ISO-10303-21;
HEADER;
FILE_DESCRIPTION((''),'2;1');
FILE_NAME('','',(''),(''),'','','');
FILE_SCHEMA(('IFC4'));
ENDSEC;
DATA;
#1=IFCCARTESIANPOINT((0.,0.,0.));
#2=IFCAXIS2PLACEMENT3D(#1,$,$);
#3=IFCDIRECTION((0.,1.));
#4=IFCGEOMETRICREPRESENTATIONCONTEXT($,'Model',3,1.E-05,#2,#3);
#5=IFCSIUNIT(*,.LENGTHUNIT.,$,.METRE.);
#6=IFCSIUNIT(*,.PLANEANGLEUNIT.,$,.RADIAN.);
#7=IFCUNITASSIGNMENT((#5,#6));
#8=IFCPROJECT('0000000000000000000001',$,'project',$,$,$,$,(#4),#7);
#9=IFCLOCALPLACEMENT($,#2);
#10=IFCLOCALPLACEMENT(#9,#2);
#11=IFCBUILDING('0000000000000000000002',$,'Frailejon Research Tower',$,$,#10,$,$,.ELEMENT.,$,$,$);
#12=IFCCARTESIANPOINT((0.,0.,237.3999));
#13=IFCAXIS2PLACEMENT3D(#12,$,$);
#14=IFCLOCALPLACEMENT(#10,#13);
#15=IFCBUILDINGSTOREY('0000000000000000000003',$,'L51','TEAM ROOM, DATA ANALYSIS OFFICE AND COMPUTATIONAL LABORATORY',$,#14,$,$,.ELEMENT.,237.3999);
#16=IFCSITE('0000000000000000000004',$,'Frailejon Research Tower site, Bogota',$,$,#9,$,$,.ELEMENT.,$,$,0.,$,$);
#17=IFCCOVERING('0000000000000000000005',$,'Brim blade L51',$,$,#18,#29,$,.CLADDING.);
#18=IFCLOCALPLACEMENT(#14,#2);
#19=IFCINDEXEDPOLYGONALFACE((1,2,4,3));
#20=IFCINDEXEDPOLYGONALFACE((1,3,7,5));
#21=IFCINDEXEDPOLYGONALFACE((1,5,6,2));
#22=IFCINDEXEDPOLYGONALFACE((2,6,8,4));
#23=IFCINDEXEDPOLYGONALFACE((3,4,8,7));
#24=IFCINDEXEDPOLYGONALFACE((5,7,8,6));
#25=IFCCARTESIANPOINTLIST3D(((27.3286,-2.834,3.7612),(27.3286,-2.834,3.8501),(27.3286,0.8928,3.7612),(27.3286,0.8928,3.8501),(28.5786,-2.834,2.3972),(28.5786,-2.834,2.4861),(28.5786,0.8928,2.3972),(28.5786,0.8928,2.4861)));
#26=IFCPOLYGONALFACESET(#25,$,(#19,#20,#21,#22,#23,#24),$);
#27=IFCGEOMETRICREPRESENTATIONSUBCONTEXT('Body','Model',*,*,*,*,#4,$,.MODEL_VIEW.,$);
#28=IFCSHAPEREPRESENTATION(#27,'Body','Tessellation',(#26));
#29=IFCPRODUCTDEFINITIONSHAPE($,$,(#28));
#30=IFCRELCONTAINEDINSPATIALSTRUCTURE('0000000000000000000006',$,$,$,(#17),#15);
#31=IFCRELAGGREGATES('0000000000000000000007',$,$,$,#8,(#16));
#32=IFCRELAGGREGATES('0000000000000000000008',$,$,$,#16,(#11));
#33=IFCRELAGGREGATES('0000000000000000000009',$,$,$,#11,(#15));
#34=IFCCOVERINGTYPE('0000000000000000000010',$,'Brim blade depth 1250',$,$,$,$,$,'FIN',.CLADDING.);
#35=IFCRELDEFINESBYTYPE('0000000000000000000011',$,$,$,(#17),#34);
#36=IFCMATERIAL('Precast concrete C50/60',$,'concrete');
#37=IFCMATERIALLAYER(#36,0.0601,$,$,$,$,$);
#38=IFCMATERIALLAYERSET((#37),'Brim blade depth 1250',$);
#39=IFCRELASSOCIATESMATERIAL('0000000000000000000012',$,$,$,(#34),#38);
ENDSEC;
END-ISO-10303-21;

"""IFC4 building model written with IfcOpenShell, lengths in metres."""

from ifc_helpers import new_model, si_unit, direction, frame, origin, place, context, subcontext, project, spatial, polyline, outline, extrude, material, layer, layer_set, type_object, element, save


model = new_model("IFC4")

# Units and contexts
model_context = context("Model", 3, precision=1e-05, world=origin(), true_north=direction((0.0, 1.0)))
body_context = subcontext(model_context, "Body", "Model", "MODEL_VIEW")
ifc_project = project(units=[si_unit("LENGTHUNIT", "METRE"), si_unit("PLANEANGLEUNIT", "RADIAN")], contexts=[model_context])

# Site, building, storey
site_placement = place(None, origin())
site = spatial("IfcSite", under=ifc_project, at=site_placement, Name="Frailejon Research Tower site, Bogota", CompositionType="ELEMENT", RefElevation=0.0)
building_placement = place(site_placement, origin())
building = spatial("IfcBuilding", under=site, at=building_placement, Name="Frailejon Research Tower", CompositionType="ELEMENT")
storey_placement = place(building_placement, frame((0.0, 0.0, 237.3999)))
storey = spatial("IfcBuildingStorey", under=building, at=storey_placement, Name="L51", Description="TEAM ROOM, DATA ANALYSIS OFFICE AND COMPUTATIONAL LABORATORY", CompositionType="ELEMENT", Elevation=237.3999)

# Covering
ifc_material_1 = material(Name="Precast concrete C50/60", Category="concrete")
ifc_layer_1 = layer(ifc_material_1, 0.0601)
ifc_layer_set_1 = layer_set([ifc_layer_1], Name="Brim blade depth 1250")
covering_type_1 = type_object("IfcCoveringType", Name="Brim blade depth 1250", ElementType="FIN", PredefinedType="CLADDING", material=ifc_layer_set_1)
covering_1_placement = place(storey_placement, frame((27.3286, 0.8928, 3.8501), z_axis=(0.0, -1.0, 0.0), x_axis=(1.0, 0.0, 0.0)))
element("IfcCovering", 1, at=covering_1_placement, inside=storey, type_object=covering_type_1, Name="Brim blade L51", PredefinedType="CLADDING", context=body_context, shape_type="SweptSolid", body=[
    extrude(outline(polyline([(0.0, -0.0889), (1.25, -1.4529), (1.25, -1.364), (0.0, 0.0), (0.0, -0.0889)])), origin(), (0.0, 0.0, 1.0), 3.7268),
])

save(model, "model.ifc")
